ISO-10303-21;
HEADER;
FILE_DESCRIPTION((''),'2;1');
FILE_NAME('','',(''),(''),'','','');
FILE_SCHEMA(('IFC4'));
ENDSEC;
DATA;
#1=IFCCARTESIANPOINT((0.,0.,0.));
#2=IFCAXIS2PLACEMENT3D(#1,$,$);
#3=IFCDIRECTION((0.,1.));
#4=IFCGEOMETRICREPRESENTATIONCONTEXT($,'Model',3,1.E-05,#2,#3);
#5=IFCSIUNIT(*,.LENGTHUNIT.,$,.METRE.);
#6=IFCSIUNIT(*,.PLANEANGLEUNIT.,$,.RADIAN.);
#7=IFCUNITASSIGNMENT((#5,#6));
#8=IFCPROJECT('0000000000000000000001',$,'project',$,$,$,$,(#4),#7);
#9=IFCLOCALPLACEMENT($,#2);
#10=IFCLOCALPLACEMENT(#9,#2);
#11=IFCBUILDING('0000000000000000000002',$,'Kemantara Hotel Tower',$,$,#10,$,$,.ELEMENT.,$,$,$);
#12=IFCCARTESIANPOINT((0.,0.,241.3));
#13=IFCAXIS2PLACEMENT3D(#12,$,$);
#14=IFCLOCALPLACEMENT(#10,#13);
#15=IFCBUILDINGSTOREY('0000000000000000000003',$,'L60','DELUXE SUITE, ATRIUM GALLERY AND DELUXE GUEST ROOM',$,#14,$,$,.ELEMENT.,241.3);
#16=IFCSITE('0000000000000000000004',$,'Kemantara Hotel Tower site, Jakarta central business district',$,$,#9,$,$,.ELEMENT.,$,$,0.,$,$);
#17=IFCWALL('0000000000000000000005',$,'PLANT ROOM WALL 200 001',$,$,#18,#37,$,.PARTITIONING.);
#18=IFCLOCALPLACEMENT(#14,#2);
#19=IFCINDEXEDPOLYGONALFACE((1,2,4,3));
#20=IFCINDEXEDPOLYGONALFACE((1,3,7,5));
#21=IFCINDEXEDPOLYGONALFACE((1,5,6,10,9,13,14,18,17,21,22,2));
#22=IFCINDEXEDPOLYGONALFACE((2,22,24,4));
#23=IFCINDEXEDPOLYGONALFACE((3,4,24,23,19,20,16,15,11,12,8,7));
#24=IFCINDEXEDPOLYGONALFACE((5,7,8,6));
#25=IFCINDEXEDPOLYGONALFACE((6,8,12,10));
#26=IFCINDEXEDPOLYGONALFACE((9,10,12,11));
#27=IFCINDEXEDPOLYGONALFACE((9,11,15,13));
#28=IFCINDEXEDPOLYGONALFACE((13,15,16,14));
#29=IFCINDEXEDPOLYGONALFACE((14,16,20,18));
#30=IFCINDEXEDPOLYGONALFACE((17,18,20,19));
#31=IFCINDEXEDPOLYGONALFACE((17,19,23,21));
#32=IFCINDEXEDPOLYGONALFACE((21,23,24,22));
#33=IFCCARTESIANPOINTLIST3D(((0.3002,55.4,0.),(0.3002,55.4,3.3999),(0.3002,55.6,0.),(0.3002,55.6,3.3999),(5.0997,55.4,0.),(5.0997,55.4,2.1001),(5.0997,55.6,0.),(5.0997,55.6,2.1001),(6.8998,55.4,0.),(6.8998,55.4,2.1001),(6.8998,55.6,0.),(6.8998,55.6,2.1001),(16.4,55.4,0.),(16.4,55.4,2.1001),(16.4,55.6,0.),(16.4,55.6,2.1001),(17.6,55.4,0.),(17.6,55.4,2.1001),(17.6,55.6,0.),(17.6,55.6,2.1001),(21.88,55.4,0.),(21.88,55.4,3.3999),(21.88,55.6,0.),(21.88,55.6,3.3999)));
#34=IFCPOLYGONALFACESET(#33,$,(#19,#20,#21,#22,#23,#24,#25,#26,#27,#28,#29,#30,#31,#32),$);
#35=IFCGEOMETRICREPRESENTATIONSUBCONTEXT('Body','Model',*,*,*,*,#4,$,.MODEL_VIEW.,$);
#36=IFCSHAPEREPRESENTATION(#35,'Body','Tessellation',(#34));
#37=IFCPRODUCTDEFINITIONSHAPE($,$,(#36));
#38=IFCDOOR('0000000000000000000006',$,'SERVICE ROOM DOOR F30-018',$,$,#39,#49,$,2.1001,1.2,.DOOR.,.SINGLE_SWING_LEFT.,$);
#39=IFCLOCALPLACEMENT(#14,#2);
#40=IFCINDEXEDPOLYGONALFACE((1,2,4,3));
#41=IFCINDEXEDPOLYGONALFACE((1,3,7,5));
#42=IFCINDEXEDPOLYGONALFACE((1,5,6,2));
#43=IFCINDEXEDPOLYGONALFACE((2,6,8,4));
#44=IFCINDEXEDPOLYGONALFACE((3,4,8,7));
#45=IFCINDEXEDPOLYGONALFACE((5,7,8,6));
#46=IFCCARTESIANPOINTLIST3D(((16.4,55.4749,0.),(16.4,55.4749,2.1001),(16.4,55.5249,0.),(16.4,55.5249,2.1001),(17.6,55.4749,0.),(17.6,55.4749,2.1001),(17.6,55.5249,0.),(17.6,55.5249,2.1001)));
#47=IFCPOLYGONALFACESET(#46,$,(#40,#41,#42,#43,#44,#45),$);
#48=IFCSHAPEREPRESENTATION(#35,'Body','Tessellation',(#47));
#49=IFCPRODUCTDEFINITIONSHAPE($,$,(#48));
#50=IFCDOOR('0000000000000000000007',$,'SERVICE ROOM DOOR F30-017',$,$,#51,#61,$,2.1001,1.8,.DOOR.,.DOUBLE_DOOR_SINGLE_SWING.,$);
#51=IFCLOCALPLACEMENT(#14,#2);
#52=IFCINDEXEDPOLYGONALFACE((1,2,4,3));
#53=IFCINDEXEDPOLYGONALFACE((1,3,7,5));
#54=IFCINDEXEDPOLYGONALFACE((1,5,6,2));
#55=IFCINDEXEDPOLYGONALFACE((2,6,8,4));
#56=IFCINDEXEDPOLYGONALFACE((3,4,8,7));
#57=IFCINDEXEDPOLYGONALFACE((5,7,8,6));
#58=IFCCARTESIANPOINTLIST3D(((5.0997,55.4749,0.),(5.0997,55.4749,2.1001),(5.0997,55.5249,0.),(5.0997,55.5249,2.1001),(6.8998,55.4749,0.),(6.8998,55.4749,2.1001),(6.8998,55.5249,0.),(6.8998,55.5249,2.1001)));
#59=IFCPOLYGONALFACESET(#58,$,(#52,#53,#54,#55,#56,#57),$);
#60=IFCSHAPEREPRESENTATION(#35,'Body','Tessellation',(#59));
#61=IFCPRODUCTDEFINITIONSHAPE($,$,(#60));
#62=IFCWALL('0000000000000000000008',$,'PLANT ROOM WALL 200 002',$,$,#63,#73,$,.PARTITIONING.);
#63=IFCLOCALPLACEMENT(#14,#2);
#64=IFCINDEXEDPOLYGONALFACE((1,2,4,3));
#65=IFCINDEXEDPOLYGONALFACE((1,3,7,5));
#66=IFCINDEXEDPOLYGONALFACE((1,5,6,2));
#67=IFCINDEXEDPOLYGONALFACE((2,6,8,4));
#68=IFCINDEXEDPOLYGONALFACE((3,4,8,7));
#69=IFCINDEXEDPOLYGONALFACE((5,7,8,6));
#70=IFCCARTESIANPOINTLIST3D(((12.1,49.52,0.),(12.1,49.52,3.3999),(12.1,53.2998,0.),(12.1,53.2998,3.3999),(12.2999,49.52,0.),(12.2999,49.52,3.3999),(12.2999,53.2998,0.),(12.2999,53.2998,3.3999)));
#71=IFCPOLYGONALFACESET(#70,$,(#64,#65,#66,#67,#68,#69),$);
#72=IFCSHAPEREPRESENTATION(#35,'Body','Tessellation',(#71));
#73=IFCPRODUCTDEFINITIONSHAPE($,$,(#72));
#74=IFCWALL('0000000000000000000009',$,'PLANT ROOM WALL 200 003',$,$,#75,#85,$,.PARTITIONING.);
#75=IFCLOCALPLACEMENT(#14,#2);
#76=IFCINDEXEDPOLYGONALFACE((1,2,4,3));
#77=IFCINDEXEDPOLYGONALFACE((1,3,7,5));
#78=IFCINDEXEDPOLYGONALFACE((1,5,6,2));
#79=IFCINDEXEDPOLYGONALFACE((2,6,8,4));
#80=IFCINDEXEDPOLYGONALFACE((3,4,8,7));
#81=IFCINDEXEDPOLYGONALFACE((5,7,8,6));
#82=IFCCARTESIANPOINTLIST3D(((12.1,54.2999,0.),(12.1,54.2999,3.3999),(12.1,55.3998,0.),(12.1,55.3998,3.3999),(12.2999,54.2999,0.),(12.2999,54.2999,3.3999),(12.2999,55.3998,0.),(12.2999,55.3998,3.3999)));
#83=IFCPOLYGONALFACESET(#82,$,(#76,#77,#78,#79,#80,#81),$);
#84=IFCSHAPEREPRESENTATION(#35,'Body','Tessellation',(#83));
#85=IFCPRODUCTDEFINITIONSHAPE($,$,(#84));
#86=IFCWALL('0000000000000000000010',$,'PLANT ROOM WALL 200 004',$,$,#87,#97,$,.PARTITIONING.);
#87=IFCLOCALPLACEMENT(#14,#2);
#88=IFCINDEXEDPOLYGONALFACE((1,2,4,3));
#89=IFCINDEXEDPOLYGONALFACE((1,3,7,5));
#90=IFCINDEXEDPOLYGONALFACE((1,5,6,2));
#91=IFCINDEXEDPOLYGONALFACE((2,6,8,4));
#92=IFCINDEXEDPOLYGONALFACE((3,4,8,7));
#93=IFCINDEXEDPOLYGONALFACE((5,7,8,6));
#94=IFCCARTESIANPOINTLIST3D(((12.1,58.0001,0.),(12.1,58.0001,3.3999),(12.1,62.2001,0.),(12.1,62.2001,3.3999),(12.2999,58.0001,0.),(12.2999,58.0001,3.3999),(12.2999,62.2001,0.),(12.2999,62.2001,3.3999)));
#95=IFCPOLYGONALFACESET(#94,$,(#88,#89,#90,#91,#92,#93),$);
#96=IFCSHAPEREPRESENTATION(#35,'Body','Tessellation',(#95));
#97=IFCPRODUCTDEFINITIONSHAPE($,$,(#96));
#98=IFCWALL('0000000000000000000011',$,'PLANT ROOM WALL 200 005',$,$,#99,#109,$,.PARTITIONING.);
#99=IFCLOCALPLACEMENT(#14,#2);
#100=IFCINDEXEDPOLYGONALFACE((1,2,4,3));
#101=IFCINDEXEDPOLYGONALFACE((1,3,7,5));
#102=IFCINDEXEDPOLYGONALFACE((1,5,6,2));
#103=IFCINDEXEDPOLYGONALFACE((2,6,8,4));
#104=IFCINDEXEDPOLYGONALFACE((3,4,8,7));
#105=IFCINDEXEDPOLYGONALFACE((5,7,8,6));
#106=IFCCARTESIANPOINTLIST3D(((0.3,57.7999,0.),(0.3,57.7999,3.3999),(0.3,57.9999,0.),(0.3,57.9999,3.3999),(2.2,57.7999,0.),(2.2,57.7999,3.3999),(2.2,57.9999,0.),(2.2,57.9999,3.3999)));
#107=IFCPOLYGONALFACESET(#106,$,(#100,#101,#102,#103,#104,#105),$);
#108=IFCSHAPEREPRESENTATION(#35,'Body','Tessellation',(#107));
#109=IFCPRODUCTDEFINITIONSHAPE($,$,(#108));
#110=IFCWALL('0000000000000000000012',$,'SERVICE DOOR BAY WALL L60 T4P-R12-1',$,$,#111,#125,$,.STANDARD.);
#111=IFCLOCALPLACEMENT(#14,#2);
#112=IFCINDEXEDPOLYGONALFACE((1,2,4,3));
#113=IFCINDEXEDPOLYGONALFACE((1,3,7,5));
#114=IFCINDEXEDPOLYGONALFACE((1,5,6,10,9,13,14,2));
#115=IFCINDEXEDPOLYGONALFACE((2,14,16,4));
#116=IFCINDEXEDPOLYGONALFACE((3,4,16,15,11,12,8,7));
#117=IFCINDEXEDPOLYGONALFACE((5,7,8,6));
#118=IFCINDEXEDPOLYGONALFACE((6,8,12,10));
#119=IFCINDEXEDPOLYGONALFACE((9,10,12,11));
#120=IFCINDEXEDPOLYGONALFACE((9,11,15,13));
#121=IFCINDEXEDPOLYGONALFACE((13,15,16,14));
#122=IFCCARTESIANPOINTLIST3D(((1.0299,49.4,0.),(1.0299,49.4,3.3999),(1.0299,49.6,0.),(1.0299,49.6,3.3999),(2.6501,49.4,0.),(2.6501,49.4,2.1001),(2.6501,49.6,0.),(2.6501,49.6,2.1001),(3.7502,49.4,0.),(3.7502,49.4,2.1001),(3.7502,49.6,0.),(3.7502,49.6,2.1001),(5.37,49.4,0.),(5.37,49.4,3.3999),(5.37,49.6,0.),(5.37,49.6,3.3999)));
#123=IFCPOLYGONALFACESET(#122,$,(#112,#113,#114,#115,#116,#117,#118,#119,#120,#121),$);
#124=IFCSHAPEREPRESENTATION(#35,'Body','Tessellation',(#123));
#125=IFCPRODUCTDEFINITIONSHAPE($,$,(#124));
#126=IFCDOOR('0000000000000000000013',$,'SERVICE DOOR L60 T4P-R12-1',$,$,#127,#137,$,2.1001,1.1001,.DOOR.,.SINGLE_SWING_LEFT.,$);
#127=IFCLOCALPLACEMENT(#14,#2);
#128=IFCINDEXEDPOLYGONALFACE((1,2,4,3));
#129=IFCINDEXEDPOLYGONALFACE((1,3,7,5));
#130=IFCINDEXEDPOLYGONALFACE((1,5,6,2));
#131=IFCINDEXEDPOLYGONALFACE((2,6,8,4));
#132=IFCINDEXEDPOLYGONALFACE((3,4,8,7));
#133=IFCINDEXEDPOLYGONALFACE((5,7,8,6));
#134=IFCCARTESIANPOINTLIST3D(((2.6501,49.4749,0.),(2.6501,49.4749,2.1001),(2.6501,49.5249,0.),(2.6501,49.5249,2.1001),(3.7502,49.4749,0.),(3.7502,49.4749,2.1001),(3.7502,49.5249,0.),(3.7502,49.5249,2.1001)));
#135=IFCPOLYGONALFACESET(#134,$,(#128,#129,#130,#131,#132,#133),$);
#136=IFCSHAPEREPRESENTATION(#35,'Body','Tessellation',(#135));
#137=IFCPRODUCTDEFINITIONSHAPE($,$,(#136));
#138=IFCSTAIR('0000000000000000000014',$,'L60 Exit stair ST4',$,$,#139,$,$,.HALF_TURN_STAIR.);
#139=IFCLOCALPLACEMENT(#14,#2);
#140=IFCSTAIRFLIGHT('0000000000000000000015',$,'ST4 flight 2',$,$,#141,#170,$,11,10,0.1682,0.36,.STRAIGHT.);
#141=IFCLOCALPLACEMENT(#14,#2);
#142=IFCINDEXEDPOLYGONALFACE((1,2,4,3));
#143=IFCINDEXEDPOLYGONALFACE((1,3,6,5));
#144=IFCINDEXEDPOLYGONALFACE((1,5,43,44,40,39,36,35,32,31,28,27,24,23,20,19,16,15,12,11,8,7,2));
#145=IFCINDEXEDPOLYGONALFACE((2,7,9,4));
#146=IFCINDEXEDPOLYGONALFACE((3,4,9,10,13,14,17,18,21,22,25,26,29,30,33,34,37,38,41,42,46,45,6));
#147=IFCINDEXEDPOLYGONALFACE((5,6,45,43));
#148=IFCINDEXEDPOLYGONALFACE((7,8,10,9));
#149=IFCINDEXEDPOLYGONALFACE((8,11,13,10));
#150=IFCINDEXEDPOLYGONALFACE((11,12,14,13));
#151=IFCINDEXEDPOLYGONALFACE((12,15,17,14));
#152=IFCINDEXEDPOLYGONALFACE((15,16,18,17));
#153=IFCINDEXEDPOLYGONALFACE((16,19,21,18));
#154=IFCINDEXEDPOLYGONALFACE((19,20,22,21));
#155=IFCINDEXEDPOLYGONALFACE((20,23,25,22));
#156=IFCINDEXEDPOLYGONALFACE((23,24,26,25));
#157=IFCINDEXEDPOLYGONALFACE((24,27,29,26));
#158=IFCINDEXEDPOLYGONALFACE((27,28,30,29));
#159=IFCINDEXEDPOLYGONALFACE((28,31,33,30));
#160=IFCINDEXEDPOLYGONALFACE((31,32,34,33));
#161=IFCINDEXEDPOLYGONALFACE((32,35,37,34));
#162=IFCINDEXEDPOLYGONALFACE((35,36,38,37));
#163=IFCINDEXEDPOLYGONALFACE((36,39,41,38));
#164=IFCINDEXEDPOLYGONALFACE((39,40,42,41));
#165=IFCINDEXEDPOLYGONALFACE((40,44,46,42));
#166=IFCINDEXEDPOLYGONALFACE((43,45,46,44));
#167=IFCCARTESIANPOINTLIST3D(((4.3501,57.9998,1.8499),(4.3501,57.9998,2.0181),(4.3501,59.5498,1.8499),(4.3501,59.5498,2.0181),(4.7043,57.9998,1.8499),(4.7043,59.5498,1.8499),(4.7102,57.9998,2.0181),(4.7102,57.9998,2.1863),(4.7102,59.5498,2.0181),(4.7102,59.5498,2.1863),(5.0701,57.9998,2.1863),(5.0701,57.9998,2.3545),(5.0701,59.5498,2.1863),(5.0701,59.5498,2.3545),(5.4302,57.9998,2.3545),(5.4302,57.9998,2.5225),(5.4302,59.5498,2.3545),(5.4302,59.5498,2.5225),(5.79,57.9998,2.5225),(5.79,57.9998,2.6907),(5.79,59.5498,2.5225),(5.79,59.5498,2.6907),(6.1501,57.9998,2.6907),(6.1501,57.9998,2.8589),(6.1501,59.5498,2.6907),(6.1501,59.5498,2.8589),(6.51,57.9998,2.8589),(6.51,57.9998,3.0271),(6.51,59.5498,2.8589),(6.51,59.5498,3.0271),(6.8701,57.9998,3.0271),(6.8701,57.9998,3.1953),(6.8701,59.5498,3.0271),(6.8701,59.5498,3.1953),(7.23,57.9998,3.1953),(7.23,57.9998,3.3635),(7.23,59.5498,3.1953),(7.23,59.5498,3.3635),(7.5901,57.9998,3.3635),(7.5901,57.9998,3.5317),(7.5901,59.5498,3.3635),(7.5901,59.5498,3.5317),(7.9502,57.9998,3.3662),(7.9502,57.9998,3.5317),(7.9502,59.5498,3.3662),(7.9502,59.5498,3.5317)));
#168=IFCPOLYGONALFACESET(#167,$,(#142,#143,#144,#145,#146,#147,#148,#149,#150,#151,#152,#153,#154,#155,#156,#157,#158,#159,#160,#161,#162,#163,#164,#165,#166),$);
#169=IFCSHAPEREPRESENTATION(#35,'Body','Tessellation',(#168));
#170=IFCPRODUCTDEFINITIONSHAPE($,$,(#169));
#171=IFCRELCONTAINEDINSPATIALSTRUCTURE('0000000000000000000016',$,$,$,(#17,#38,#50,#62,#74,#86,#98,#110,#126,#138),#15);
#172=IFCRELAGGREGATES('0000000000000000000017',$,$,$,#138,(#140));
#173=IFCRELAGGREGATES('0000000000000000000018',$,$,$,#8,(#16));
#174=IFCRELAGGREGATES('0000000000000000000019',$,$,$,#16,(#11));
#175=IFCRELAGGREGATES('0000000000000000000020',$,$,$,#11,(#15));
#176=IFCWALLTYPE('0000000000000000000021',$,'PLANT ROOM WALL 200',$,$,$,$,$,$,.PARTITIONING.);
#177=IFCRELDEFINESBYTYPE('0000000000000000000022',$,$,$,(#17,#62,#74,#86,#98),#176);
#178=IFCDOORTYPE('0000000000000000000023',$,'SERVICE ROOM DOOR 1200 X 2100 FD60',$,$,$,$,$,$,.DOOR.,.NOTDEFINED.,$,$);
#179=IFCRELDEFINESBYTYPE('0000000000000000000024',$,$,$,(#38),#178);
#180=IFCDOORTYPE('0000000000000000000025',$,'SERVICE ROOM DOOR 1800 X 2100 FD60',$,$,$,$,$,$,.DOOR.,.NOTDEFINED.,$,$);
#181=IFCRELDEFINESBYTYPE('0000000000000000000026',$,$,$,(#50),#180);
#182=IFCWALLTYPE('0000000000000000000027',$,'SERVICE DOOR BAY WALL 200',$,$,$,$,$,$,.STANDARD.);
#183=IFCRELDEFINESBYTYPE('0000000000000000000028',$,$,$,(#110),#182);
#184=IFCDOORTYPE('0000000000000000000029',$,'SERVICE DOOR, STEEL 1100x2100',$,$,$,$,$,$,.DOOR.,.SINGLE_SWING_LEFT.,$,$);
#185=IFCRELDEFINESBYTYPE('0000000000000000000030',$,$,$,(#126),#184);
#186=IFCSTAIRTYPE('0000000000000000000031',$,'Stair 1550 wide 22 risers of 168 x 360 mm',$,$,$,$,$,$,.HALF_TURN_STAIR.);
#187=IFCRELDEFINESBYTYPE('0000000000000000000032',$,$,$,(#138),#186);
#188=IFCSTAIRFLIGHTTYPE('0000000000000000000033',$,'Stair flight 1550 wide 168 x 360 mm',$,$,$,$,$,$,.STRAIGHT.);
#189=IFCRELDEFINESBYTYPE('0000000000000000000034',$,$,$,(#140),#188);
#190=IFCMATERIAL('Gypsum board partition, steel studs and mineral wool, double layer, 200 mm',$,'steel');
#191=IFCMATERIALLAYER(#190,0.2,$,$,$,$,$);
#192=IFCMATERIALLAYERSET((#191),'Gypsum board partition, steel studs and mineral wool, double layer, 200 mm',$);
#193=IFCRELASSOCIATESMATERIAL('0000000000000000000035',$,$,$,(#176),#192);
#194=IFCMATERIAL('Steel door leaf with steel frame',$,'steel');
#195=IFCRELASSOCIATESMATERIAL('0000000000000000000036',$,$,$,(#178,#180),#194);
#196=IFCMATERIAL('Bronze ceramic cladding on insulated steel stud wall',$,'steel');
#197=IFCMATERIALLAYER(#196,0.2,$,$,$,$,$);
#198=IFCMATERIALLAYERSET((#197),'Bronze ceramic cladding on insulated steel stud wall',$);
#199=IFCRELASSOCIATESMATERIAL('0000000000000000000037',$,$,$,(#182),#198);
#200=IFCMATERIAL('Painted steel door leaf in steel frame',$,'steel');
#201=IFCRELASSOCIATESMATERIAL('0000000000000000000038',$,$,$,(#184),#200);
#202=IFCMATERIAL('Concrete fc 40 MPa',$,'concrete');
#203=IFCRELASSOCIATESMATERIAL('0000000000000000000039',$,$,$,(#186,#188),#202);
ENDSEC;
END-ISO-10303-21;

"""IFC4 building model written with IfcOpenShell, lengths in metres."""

from ifc_helpers import new_model, si_unit, direction, frame, frame_2d, origin, place, context, subcontext, project, spatial, polyline, rectangle, outline, extrude, material, layer, layer_set, type_object, element, fill, aggregate, save


model = new_model("IFC4")

# Units and contexts
model_context = context("Model", 3, precision=1e-05, world=origin(), true_north=direction((0.0, 1.0)))
body_context = subcontext(model_context, "Body", "Model", "MODEL_VIEW")
ifc_project = project(units=[si_unit("LENGTHUNIT", "METRE"), si_unit("PLANEANGLEUNIT", "RADIAN")], contexts=[model_context])

# Site, building, storey
site_placement = place(None, origin())
site = spatial("IfcSite", under=ifc_project, at=site_placement, Name="Kemantara Hotel Tower site, Jakarta central business district", CompositionType="ELEMENT", RefElevation=0.0)
building_placement = place(site_placement, origin())
building = spatial("IfcBuilding", under=site, at=building_placement, Name="Kemantara Hotel Tower", CompositionType="ELEMENT")
storey_placement = place(building_placement, frame((0.0, 0.0, 241.3)))
storey = spatial("IfcBuildingStorey", under=building, at=storey_placement, Name="L60", Description="DELUXE SUITE, ATRIUM GALLERY AND DELUXE GUEST ROOM", CompositionType="ELEMENT", Elevation=241.3)

# Shared definitions
ifc_material_1 = material(Name="Concrete fc 40 MPa", Category="concrete")

# Wall, openings, doors
ifc_material_2 = material(Name="Gypsum board partition, steel studs and mineral wool, double layer, 200 mm", Category="steel")
ifc_layer_1 = layer(ifc_material_2, 0.2)
ifc_layer_set_1 = layer_set([ifc_layer_1], Name="Gypsum board partition, steel studs and mineral wool, double layer, 200 mm")
wall_type_1 = type_object("IfcWallType", Name="PLANT ROOM WALL 200", PredefinedType="PARTITIONING", material=ifc_layer_set_1)
wall_1_placement = place(storey_placement, frame((0.3, 55.5, 0.0), z_axis=(0.0, 0.0, 1.0), x_axis=(1.0, 0.0, 0.0)))
wall_1 = element("IfcWall", 1, at=wall_1_placement, inside=storey, type_object=wall_type_1, Name="PLANT ROOM WALL 200 001", PredefinedType="PARTITIONING", context=body_context, shape_type="SweptSolid", body=[
    extrude(rectangle(XDim=21.5798, YDim=0.2, at=frame_2d((10.79, 0.0))), origin(), (0.0, 0.0, 1.0), 3.3999),
])
opening_1_placement = place(wall_1_placement, frame((4.7998, 0.0, 0.0)))
opening_1 = element("IfcOpeningElement", 2, at=opening_1_placement, cuts=wall_1, PredefinedType="OPENING", context=body_context, shape_type="SweptSolid", body=[
    extrude(rectangle(XDim=1.8, YDim=2.1001, at=frame_2d((0.8999, 1.05))), frame((0.0, 0.1099, 0.0), z_axis=(0.0, -1.0, 0.0), x_axis=(1.0, 0.0, 0.0)), (0.0, 0.0, 1.0), 0.22),
])
opening_2_placement = place(wall_1_placement, frame((16.0999, 0.0, 0.0)))
opening_2 = element("IfcOpeningElement", 3, at=opening_2_placement, cuts=wall_1, PredefinedType="OPENING", context=body_context, shape_type="SweptSolid", body=[
    extrude(rectangle(XDim=1.2, YDim=2.1001, at=frame_2d((0.6001, 1.05))), frame((0.0, 0.1099, 0.0), z_axis=(0.0, -1.0, 0.0), x_axis=(1.0, 0.0, 0.0)), (0.0, 0.0, 1.0), 0.22),
])
ifc_material_3 = material(Name="Steel door leaf with steel frame", Category="steel")
door_type_1 = type_object("IfcDoorType", Name="SERVICE ROOM DOOR 1200 X 2100 FD60", OperationType="NOTDEFINED", PredefinedType="DOOR", material=ifc_material_3)
door_1_placement = place(opening_2_placement, origin())
door_1 = element("IfcDoor", 4, at=door_1_placement, inside=storey, type_object=door_type_1, Name="SERVICE ROOM DOOR F30-018", OperationType="SINGLE_SWING_LEFT", OverallHeight=2.1001, OverallWidth=1.2, PredefinedType="DOOR", context=body_context, shape_type="SweptSolid", body=[
    extrude(rectangle(XDim=1.2, YDim=2.1001, at=frame_2d((0.6001, 1.05))), frame((0.0, 0.0249, 0.0), z_axis=(0.0, -1.0, 0.0), x_axis=(1.0, 0.0, 0.0)), (0.0, 0.0, 1.0), 0.05),
])
fill(opening_2, door_1)
door_type_2 = type_object("IfcDoorType", Name="SERVICE ROOM DOOR 1800 X 2100 FD60", OperationType="NOTDEFINED", PredefinedType="DOOR", material=ifc_material_3)
door_2_placement = place(opening_1_placement, origin())
door_2 = element("IfcDoor", 5, at=door_2_placement, inside=storey, type_object=door_type_2, Name="SERVICE ROOM DOOR F30-017", OperationType="DOUBLE_DOOR_SINGLE_SWING", OverallHeight=2.1001, OverallWidth=1.8, PredefinedType="DOOR", context=body_context, shape_type="SweptSolid", body=[
    extrude(rectangle(XDim=1.8, YDim=2.1001, at=frame_2d((0.8999, 1.05))), frame((0.0, 0.0249, 0.0), z_axis=(0.0, -1.0, 0.0), x_axis=(1.0, 0.0, 0.0)), (0.0, 0.0, 1.0), 0.05),
])
fill(opening_1, door_2)

# Walls
wall_2_placement = place(storey_placement, frame((12.2, 49.52, 0.0), z_axis=(0.0, 0.0, 1.0), x_axis=(0.0, 1.0, 0.0)))
element("IfcWall", 6, at=wall_2_placement, inside=storey, type_object=wall_type_1, Name="PLANT ROOM WALL 200 002", PredefinedType="PARTITIONING", context=body_context, shape_type="SweptSolid", body=[
    extrude(rectangle(XDim=3.7798, YDim=0.2, at=frame_2d((1.8899, 0.0))), origin(), (0.0, 0.0, 1.0), 3.3999),
])
wall_3_placement = place(storey_placement, frame((12.2, 54.3, 0.0), z_axis=(0.0, 0.0, 1.0), x_axis=(0.0, 1.0, 0.0)))
element("IfcWall", 7, at=wall_3_placement, inside=storey, type_object=wall_type_1, Name="PLANT ROOM WALL 200 003", PredefinedType="PARTITIONING", context=body_context, shape_type="SweptSolid", body=[
    extrude(rectangle(XDim=1.0999, YDim=0.2, at=frame_2d((0.5498, 0.0))), origin(), (0.0, 0.0, 1.0), 3.3999),
])
wall_4_placement = place(storey_placement, frame((12.2, 58.0, 0.0), z_axis=(0.0, 0.0, 1.0), x_axis=(0.0, 1.0, 0.0)))
element("IfcWall", 8, at=wall_4_placement, inside=storey, type_object=wall_type_1, Name="PLANT ROOM WALL 200 004", PredefinedType="PARTITIONING", context=body_context, shape_type="SweptSolid", body=[
    extrude(rectangle(XDim=4.2, YDim=0.2, at=frame_2d((2.1001, 0.0))), origin(), (0.0, 0.0, 1.0), 3.3999),
])
wall_5_placement = place(storey_placement, frame((0.3, 57.8999, 0.0), z_axis=(0.0, 0.0, 1.0), x_axis=(1.0, 0.0, 0.0)))
element("IfcWall", 9, at=wall_5_placement, inside=storey, type_object=wall_type_1, Name="PLANT ROOM WALL 200 005", PredefinedType="PARTITIONING", context=body_context, shape_type="SweptSolid", body=[
    extrude(rectangle(XDim=1.8999, YDim=0.2, at=frame_2d((0.95, 0.0))), origin(), (0.0, 0.0, 1.0), 3.3999),
])

# Wall, opening, door
ifc_material_4 = material(Name="Bronze ceramic cladding on insulated steel stud wall", Category="steel")
ifc_layer_2 = layer(ifc_material_4, 0.2)
ifc_layer_set_2 = layer_set([ifc_layer_2], Name="Bronze ceramic cladding on insulated steel stud wall")
wall_type_2 = type_object("IfcWallType", Name="SERVICE DOOR BAY WALL 200", PredefinedType="STANDARD", material=ifc_layer_set_2)
wall_6_placement = place(storey_placement, frame((1.03, 49.5, 0.0), z_axis=(0.0, 0.0, 1.0), x_axis=(1.0, 0.0, 0.0)))
wall_6 = element("IfcWall", 10, at=wall_6_placement, inside=storey, type_object=wall_type_2, Name="SERVICE DOOR BAY WALL L60 T4P-R12-1", PredefinedType="STANDARD", context=body_context, shape_type="SweptSolid", body=[
    extrude(rectangle(XDim=4.3401, YDim=0.2, at=frame_2d((2.1699, 0.0))), origin(), (0.0, 0.0, 1.0), 3.3999),
])
opening_3_placement = place(wall_6_placement, frame((1.6201, 0.0, 0.0)))
opening_3 = element("IfcOpeningElement", 11, at=opening_3_placement, cuts=wall_6, PredefinedType="OPENING", context=body_context, shape_type="SweptSolid", body=[
    extrude(rectangle(XDim=1.1001, YDim=2.1001, at=frame_2d((0.55, 1.05))), frame((0.0, 0.1099, 0.0), z_axis=(0.0, -1.0, 0.0), x_axis=(1.0, 0.0, 0.0)), (0.0, 0.0, 1.0), 0.22),
])
ifc_material_5 = material(Name="Painted steel door leaf in steel frame", Category="steel")
door_type_3 = type_object("IfcDoorType", Name="SERVICE DOOR, STEEL 1100x2100", OperationType="SINGLE_SWING_LEFT", PredefinedType="DOOR", material=ifc_material_5)
door_3_placement = place(opening_3_placement, origin())
door_3 = element("IfcDoor", 12, at=door_3_placement, inside=storey, type_object=door_type_3, Name="SERVICE DOOR L60 T4P-R12-1", OperationType="SINGLE_SWING_LEFT", OverallHeight=2.1001, OverallWidth=1.1001, PredefinedType="DOOR", context=body_context, shape_type="SweptSolid", body=[
    extrude(rectangle(XDim=1.1001, YDim=2.1001, at=frame_2d((0.55, 1.05))), frame((0.0, 0.0249, 0.0), z_axis=(0.0, -1.0, 0.0), x_axis=(1.0, 0.0, 0.0)), (0.0, 0.0, 1.0), 0.05),
])
fill(opening_3, door_3)

# Stair, stair flight
stair_type = type_object("IfcStairType", Name="Stair 1550 wide 22 risers of 168 x 360 mm", PredefinedType="HALF_TURN_STAIR", material=ifc_material_1)
stair_placement = place(storey_placement, origin())
stair = element("IfcStair", 13, at=stair_placement, inside=storey, type_object=stair_type, Name="L60 Exit stair ST4", PredefinedType="HALF_TURN_STAIR")
stair_flight_type = type_object("IfcStairFlightType", Name="Stair flight 1550 wide 168 x 360 mm", PredefinedType="STRAIGHT", material=ifc_material_1)
stair_flight_placement = place(storey_placement, frame((4.3501, 58.7749, 1.8499), z_axis=(0.0, 0.0, 1.0), x_axis=(1.0, 0.0, 0.0)))
stair_flight = element("IfcStairFlight", 14, at=stair_flight_placement, type_object=stair_flight_type, Name="ST4 flight 2", NumberOfRisers=11, NumberOfTreads=10, PredefinedType="STRAIGHT", RiserHeight=0.1682, TreadLength=0.36, context=body_context, shape_type="SweptSolid", body=[
    extrude(outline(polyline([(0.0, 0.0), (0.0, 0.1682), (0.3601, 0.1682), (0.3601, 0.3364), (0.72, 0.3364), (0.72, 0.5046), (1.0801, 0.5046), (1.0801, 0.6726), (1.4399, 0.6726), (1.4399, 0.8408), (1.8, 0.8408), (1.8, 1.009), (2.1599, 1.009), (2.1599, 1.1772), (2.52, 1.1772), (2.52, 1.3455), (2.8799, 1.3455), (2.8799, 1.5137), (3.24, 1.5137), (3.24, 1.6819), (3.6001, 1.6819), (3.6001, 1.8501), (3.6001, 1.5164), (0.3542, 0.0), (0.0, 0.0)])), frame((0.0, 0.7749, 0.0), z_axis=(0.0, -1.0, 0.0), x_axis=(1.0, 0.0, 0.0)), (0.0, 0.0, 1.0), 1.55),
])
aggregate(stair, [stair_flight])

save(model, "model.ifc")
